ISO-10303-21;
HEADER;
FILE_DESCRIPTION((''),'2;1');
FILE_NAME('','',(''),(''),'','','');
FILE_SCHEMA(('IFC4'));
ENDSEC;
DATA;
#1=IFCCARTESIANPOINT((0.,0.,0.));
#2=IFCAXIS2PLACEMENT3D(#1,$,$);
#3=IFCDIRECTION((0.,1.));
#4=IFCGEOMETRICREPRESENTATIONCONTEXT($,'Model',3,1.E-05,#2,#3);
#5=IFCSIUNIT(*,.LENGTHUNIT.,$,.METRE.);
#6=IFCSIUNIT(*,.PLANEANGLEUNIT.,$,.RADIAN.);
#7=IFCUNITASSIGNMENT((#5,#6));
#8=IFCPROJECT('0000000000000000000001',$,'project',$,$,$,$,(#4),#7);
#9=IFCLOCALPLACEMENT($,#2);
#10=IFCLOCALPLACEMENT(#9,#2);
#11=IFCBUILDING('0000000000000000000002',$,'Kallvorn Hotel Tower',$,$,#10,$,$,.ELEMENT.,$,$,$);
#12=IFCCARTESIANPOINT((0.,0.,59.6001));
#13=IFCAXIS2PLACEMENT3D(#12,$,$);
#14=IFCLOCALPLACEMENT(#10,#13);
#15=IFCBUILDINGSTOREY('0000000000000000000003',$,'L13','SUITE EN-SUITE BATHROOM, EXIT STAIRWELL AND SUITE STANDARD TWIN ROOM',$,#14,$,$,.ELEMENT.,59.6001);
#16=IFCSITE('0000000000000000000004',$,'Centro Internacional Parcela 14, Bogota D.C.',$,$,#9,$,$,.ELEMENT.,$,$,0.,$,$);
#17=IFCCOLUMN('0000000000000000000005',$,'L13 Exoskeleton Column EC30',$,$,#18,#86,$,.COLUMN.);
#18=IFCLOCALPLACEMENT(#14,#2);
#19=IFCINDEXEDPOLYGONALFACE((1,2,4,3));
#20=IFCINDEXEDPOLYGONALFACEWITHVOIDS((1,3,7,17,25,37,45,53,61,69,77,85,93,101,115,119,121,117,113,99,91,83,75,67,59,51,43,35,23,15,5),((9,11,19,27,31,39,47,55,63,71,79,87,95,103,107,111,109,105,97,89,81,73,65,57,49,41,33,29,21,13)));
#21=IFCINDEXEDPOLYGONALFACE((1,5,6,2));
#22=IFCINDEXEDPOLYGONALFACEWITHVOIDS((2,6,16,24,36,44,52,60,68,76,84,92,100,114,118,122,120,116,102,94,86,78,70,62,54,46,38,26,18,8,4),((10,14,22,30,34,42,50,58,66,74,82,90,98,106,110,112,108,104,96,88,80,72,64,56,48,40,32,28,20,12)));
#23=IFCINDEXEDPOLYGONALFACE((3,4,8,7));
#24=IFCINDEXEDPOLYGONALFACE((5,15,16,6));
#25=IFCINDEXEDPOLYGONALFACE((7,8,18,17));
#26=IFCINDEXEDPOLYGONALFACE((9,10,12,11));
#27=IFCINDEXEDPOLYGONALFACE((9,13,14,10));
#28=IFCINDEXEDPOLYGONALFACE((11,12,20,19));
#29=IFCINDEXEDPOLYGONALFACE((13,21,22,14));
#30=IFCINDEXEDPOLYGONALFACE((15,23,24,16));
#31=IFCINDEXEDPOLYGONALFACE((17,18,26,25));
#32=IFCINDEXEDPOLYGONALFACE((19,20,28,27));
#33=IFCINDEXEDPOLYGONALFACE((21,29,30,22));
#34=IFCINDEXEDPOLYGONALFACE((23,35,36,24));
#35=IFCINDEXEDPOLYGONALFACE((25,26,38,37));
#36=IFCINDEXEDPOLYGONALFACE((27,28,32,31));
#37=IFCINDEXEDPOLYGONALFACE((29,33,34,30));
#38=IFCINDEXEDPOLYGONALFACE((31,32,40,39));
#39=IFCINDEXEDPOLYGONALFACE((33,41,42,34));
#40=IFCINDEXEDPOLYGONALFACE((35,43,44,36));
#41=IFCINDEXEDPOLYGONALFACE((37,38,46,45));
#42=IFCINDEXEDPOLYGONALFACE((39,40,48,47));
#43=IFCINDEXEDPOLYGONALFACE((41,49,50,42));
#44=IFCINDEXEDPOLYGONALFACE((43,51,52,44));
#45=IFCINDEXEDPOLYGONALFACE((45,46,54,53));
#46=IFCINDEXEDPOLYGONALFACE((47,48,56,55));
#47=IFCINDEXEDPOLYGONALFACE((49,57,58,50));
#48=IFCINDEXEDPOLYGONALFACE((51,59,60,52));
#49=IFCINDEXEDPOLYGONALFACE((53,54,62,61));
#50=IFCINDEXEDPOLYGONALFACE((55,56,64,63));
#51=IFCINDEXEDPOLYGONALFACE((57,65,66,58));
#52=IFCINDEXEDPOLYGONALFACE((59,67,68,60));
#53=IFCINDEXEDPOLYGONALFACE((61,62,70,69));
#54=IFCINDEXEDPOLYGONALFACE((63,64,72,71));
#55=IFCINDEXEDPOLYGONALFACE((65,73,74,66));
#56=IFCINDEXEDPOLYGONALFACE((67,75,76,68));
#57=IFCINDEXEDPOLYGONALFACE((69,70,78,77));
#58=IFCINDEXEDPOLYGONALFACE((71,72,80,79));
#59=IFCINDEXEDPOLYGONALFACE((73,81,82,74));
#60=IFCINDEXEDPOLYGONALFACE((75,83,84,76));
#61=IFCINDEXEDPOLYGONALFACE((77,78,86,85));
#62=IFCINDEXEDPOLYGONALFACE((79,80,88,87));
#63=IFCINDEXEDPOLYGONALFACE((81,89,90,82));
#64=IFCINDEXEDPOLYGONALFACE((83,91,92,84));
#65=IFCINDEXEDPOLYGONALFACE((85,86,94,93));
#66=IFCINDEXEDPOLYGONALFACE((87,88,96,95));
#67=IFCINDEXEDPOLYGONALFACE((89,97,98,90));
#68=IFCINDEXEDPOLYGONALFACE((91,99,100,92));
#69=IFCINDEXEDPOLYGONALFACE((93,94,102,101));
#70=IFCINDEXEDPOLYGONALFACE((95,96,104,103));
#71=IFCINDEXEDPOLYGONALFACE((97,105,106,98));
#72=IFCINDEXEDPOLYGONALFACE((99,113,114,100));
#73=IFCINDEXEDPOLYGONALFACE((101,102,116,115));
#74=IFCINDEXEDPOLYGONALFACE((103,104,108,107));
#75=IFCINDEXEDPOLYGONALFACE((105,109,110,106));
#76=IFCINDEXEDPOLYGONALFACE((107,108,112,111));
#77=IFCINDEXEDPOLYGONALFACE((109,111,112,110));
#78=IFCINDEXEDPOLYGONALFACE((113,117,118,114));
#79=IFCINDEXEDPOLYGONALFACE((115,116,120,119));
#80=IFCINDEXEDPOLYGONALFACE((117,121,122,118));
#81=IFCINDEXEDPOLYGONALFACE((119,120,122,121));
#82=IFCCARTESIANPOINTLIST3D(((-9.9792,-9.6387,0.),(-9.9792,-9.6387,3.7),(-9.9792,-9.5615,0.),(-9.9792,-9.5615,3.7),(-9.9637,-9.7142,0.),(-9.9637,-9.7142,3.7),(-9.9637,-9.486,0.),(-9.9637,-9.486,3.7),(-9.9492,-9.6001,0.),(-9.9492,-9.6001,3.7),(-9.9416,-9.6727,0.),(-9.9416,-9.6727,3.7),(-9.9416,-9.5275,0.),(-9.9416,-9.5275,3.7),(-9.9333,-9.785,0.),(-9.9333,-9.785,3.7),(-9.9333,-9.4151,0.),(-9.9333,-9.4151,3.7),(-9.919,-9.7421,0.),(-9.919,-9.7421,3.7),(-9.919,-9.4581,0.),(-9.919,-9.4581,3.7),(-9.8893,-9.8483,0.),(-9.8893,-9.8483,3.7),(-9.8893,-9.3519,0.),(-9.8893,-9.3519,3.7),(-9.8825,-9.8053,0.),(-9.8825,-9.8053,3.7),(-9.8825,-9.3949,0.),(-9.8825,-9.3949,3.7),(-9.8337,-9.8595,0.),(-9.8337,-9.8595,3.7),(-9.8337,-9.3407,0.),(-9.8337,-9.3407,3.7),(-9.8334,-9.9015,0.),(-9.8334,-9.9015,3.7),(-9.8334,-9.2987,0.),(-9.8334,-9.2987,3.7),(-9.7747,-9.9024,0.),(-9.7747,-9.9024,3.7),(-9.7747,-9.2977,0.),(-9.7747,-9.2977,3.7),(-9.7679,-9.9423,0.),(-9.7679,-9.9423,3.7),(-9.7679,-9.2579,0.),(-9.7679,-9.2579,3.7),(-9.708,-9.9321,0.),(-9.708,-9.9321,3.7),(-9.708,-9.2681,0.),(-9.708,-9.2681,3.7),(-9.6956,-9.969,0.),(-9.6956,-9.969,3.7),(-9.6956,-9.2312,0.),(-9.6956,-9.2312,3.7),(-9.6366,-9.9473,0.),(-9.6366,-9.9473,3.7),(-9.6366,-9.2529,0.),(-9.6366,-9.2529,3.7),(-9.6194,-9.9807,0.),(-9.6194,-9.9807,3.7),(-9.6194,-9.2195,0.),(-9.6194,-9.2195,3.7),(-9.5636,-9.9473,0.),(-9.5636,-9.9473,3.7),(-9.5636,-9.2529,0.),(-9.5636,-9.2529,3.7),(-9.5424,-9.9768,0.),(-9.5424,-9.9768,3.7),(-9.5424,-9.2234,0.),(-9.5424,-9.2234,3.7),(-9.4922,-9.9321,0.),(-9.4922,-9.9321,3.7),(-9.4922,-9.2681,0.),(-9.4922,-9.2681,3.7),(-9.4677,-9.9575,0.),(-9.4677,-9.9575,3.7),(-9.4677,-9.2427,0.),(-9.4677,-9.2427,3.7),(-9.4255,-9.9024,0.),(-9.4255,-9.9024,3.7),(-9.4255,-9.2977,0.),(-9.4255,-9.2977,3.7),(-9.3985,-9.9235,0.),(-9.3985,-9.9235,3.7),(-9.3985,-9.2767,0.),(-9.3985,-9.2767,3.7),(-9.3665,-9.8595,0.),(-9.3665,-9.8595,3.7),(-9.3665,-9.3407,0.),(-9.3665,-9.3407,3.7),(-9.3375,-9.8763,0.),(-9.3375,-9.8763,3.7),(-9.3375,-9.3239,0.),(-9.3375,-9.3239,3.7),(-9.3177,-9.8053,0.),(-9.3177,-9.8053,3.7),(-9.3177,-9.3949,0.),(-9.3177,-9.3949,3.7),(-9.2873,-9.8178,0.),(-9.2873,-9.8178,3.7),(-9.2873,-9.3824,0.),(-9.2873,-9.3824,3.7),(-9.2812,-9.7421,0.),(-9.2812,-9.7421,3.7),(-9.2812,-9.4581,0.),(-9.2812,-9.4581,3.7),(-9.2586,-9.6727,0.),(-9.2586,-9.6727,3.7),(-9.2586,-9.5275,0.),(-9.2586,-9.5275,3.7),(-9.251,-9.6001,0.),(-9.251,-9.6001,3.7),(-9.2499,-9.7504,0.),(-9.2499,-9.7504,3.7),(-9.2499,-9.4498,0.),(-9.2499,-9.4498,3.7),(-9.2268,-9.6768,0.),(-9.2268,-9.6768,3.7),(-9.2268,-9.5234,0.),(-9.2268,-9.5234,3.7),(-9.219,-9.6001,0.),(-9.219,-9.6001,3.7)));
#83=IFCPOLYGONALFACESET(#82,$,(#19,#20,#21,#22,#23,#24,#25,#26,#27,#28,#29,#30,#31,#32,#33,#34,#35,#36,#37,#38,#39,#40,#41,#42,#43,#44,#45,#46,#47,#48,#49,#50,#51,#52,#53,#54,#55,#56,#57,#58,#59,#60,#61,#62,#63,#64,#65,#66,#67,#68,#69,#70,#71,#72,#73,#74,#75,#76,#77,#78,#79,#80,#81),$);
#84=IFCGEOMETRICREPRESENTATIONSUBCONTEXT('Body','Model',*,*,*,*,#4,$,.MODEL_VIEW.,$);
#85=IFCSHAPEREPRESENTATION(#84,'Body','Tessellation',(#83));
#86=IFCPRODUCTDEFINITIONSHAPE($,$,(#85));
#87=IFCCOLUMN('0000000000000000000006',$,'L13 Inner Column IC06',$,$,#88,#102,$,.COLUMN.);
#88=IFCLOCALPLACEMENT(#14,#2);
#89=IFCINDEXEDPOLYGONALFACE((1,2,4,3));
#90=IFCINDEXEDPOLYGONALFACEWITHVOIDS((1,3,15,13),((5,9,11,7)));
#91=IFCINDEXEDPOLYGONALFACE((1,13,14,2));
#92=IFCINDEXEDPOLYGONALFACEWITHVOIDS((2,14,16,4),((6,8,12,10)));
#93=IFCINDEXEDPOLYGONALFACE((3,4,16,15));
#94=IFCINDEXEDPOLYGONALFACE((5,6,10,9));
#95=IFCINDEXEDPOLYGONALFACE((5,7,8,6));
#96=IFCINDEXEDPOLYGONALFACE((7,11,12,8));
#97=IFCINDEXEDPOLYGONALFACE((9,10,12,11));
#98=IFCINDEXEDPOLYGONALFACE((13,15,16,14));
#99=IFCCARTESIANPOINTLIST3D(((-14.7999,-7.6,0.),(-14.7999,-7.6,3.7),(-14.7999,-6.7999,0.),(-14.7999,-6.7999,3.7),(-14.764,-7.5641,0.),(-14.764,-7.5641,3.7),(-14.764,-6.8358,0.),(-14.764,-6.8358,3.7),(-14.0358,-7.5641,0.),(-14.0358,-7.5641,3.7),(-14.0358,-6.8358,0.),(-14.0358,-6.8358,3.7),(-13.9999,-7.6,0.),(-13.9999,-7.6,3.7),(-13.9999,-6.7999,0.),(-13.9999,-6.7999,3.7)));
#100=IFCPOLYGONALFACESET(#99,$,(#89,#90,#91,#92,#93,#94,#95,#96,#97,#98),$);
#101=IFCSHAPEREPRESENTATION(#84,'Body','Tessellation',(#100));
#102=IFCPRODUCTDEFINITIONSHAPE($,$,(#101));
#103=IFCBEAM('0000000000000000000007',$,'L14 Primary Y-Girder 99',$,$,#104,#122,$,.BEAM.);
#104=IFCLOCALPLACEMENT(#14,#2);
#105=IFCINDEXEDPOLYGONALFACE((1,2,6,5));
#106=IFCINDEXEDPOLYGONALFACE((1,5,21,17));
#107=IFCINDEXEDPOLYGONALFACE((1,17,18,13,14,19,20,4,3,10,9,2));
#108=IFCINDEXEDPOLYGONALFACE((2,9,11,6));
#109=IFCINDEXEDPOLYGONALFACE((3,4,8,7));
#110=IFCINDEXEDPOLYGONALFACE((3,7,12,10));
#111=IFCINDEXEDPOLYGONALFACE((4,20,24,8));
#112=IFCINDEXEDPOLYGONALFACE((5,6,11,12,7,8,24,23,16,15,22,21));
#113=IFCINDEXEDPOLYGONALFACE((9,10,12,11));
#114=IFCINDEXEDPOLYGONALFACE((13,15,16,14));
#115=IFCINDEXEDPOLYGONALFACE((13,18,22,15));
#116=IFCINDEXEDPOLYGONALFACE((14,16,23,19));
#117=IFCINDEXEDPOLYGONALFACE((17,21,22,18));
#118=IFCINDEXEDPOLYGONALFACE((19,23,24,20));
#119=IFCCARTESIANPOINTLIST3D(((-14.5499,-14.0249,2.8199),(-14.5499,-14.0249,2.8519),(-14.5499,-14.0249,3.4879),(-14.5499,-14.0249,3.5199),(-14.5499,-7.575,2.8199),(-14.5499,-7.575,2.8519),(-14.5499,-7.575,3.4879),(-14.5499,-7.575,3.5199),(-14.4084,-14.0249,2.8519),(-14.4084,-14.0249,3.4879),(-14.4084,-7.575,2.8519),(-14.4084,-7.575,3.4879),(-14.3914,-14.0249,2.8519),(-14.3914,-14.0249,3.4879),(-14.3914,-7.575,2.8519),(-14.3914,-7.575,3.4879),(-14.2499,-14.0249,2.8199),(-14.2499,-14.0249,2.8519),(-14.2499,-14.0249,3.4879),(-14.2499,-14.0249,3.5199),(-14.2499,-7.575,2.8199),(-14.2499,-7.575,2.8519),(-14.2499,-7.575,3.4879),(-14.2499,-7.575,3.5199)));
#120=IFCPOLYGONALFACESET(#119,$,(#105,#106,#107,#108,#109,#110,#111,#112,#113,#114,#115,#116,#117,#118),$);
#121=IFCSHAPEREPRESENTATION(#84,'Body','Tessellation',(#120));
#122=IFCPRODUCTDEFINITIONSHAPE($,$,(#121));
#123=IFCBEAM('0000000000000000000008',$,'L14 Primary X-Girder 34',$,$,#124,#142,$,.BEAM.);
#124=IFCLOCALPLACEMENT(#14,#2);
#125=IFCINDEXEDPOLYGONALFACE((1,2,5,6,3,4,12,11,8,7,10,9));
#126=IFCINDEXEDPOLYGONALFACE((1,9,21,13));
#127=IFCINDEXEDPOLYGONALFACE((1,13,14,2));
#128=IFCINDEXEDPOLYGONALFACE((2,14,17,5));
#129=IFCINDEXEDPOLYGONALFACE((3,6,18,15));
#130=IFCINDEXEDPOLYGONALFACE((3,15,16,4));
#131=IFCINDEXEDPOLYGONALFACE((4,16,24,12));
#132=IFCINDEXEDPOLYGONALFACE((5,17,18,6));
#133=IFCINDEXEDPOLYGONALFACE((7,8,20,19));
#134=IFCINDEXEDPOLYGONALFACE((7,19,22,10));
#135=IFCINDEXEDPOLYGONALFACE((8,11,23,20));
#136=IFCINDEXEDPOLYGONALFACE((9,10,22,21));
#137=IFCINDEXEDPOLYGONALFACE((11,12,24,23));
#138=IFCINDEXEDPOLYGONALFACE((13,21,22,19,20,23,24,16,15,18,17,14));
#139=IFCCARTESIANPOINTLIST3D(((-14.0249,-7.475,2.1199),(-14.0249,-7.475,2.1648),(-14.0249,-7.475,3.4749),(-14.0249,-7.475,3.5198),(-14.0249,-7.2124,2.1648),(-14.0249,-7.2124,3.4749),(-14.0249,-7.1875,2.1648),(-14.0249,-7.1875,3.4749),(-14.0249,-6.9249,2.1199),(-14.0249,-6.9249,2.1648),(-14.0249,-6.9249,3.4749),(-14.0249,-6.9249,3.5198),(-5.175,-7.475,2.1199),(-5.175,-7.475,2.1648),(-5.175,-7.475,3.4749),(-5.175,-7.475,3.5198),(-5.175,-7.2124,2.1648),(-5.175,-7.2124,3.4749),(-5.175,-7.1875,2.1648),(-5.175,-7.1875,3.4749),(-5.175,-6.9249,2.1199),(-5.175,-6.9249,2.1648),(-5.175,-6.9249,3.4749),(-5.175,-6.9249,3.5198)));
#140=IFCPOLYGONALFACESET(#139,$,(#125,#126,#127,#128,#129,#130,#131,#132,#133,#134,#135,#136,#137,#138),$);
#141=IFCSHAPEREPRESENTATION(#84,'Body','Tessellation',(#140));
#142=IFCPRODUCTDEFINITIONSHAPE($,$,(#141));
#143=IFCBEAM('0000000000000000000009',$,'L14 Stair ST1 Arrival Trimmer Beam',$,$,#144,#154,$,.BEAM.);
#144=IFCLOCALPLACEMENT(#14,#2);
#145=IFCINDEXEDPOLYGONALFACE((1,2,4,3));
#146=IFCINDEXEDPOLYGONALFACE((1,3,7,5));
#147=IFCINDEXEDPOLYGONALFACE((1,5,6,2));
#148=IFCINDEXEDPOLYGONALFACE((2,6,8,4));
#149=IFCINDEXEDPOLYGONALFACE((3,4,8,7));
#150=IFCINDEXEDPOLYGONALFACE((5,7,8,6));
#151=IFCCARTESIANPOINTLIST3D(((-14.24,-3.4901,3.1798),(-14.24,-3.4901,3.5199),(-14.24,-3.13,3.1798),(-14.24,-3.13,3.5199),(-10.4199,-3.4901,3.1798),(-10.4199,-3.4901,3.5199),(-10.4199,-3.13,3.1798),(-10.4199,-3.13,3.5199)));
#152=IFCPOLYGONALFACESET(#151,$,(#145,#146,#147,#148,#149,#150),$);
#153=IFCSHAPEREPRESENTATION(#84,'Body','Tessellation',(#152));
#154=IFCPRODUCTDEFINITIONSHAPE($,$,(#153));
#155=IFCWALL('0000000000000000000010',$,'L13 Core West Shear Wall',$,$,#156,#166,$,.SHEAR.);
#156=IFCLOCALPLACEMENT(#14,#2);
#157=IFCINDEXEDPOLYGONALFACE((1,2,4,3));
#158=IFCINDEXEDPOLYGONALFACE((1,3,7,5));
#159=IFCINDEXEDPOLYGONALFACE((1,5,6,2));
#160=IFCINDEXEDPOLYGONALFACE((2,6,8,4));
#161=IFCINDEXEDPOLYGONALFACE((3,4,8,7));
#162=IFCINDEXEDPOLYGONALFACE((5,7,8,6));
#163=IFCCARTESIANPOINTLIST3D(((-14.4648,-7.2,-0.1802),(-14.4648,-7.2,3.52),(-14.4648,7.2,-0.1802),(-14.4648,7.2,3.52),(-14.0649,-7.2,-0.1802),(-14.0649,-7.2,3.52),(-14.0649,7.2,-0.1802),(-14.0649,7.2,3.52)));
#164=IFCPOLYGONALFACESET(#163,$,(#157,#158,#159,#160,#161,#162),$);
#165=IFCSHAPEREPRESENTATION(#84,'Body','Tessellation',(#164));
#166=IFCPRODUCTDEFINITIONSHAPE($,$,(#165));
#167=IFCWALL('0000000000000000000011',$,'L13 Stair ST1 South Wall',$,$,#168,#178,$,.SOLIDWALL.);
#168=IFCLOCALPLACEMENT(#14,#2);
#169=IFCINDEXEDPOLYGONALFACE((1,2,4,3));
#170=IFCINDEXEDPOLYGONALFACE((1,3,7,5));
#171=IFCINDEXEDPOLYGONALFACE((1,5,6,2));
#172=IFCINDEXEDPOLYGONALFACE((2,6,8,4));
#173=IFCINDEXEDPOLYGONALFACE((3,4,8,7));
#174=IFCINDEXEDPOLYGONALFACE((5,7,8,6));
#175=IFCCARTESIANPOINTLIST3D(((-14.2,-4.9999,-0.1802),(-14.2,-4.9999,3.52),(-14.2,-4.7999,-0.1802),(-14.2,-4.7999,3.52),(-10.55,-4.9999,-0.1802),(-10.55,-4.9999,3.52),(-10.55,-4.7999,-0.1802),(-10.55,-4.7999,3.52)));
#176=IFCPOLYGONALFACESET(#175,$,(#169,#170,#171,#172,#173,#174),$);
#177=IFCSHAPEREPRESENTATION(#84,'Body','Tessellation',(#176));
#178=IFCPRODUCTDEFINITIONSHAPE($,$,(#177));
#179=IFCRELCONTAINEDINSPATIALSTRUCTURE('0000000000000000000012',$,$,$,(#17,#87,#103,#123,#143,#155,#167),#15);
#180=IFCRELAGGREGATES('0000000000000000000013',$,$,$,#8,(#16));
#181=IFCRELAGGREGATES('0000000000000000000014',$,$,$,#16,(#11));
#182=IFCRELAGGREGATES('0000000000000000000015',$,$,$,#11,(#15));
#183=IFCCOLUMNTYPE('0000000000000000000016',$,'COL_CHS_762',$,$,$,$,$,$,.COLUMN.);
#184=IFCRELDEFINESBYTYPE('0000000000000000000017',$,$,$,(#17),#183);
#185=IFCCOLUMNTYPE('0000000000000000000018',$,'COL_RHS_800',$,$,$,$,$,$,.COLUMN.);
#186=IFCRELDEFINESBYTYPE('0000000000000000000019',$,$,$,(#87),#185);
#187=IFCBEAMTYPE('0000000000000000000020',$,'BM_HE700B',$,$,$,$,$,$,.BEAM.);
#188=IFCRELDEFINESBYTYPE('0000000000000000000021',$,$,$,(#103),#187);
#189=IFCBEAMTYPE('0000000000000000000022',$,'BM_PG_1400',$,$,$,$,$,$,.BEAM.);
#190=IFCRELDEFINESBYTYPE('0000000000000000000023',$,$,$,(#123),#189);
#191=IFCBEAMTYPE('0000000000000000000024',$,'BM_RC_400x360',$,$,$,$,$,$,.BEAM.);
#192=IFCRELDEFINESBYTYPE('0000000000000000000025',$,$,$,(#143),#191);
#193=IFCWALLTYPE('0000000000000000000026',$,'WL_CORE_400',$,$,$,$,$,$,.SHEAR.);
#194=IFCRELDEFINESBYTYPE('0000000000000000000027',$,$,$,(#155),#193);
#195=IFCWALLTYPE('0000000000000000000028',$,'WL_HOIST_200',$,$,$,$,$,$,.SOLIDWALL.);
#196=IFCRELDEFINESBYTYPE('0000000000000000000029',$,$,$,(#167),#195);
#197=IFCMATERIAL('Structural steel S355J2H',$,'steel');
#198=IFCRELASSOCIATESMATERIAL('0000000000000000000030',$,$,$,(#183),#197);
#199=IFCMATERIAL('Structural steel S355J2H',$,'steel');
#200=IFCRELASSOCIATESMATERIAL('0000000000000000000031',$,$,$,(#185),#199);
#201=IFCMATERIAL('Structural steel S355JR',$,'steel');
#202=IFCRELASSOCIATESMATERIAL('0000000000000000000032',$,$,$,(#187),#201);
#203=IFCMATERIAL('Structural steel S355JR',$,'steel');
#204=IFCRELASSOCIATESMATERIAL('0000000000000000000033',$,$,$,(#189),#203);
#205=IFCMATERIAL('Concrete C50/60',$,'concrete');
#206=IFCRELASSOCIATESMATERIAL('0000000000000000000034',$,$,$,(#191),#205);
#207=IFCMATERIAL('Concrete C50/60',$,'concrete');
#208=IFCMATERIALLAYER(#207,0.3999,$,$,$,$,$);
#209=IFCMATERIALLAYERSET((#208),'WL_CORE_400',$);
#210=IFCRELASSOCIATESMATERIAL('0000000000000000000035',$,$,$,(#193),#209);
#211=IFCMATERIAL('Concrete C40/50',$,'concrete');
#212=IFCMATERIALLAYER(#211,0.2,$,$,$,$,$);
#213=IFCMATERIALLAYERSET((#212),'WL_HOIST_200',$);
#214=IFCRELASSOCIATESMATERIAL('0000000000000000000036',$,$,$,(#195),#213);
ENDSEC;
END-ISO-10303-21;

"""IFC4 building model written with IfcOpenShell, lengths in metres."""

from ifc_helpers import new_model, si_unit, direction, frame, frame_2d, origin, origin_2d, place, context, subcontext, project, spatial, rectangle, hollow_rectangle, hollow_circle, i_section, extrude, material, layer, layer_set, material_profile, profile_set, type_object, element, save


model = new_model("IFC4")

# Units and contexts
model_context = context("Model", 3, precision=1e-05, world=origin(), true_north=direction((0.0, 1.0)))
body_context = subcontext(model_context, "Body", "Model", "MODEL_VIEW")
ifc_project = project(units=[si_unit("LENGTHUNIT", "METRE"), si_unit("PLANEANGLEUNIT", "RADIAN")], contexts=[model_context])

# Site, building, storey
site_placement = place(None, origin())
site = spatial("IfcSite", under=ifc_project, at=site_placement, Name="Centro Internacional Parcela 14, Bogota D.C.", CompositionType="ELEMENT", RefElevation=0.0)
building_placement = place(site_placement, origin())
building = spatial("IfcBuilding", under=site, at=building_placement, Name="Kallvorn Hotel Tower", CompositionType="ELEMENT")
storey_placement = place(building_placement, frame((0.0, 0.0, 59.6001)))
storey = spatial("IfcBuildingStorey", under=building, at=storey_placement, Name="L13", Description="SUITE EN-SUITE BATHROOM, EXIT STAIRWELL AND SUITE STANDARD TWIN ROOM", CompositionType="ELEMENT", Elevation=59.6001)

# Columns
ifc_material_1 = material(Name="Structural steel S355J2H", Category="steel")
ifc_material_profile_1 = material_profile(ifc_material_1, hollow_circle(Radius=0.3811, WallThickness=0.032, at=origin_2d()), Name="CHS 762x32")
ifc_profile_set_1 = profile_set([ifc_material_profile_1], Name="Structural steel S355J2H")
column_type_1 = type_object("IfcColumnType", Name="COL_CHS_762", PredefinedType="COLUMN", material=ifc_profile_set_1)
column_1_placement = place(storey_placement, frame((-9.6001, -9.6001, 0.0), z_axis=(0.0, 0.0, 1.0), x_axis=(1.0, 0.0, 0.0)))
element("IfcColumn", 1, at=column_1_placement, inside=storey, type_object=column_type_1, Name="L13 Exoskeleton Column EC30", PredefinedType="COLUMN", context=body_context, shape_type="SweptSolid", body=[
    extrude(hollow_circle(Radius=0.3811, WallThickness=0.032, at=origin_2d()), origin(), (0.0, 0.0, 1.0), 3.7),
])
ifc_material_2 = material(Name="Structural steel S355J2H", Category="steel")
ifc_material_profile_2 = material_profile(ifc_material_2, hollow_rectangle(XDim=0.8, YDim=0.8, WallThickness=0.0359, at=origin_2d()), Name="RHS 800x800x36")
ifc_profile_set_2 = profile_set([ifc_material_profile_2], Name="Structural steel S355J2H")
column_type_2 = type_object("IfcColumnType", Name="COL_RHS_800", PredefinedType="COLUMN", material=ifc_profile_set_2)
column_2_placement = place(storey_placement, frame((-14.3999, -7.2, 0.0), z_axis=(0.0, 0.0, 1.0), x_axis=(1.0, 0.0, 0.0)))
element("IfcColumn", 2, at=column_2_placement, inside=storey, type_object=column_type_2, Name="L13 Inner Column IC06", PredefinedType="COLUMN", context=body_context, shape_type="SweptSolid", body=[
    extrude(hollow_rectangle(XDim=0.8, YDim=0.8, WallThickness=0.0359, at=origin_2d()), origin(), (0.0, 0.0, 1.0), 3.7),
])

# Beams
ifc_material_3 = material(Name="Structural steel S355JR", Category="steel")
ifc_material_profile_3 = material_profile(ifc_material_3, i_section(OverallWidth=0.3, OverallDepth=0.7, WebThickness=0.0171, FlangeThickness=0.032, at=origin_2d()), Name="HE 700 B")
ifc_profile_set_3 = profile_set([ifc_material_profile_3], Name="Structural steel S355JR")
beam_type_1 = type_object("IfcBeamType", Name="BM_HE700B", PredefinedType="BEAM", material=ifc_profile_set_3)
beam_1_placement = place(storey_placement, frame((-14.3999, -14.0249, 3.1699), z_axis=(0.0, 1.0, 0.0), x_axis=(-1.0, 0.0, 0.0)))
element("IfcBeam", 3, at=beam_1_placement, inside=storey, type_object=beam_type_1, Name="L14 Primary Y-Girder 99", PredefinedType="BEAM", context=body_context, shape_type="SweptSolid", body=[
    extrude(i_section(OverallWidth=0.3, OverallDepth=0.7, WebThickness=0.0171, FlangeThickness=0.032, at=origin_2d()), origin(), (0.0, 0.0, 1.0), 6.45),
])
ifc_material_4 = material(Name="Structural steel S355JR", Category="steel")
ifc_material_profile_4 = material_profile(ifc_material_4, i_section(OverallWidth=0.55, OverallDepth=1.3999, WebThickness=0.0249, FlangeThickness=0.0449, at=origin_2d()), Name="PG 1400x550x25x45")
ifc_profile_set_4 = profile_set([ifc_material_profile_4], Name="Structural steel S355JR")
beam_type_2 = type_object("IfcBeamType", Name="BM_PG_1400", PredefinedType="BEAM", material=ifc_profile_set_4)
beam_2_placement = place(storey_placement, frame((-14.0249, -7.2, 2.8198), z_axis=(1.0, 0.0, 0.0), x_axis=(0.0, 1.0, 0.0)))
element("IfcBeam", 4, at=beam_2_placement, inside=storey, type_object=beam_type_2, Name="L14 Primary X-Girder 34", PredefinedType="BEAM", context=body_context, shape_type="SweptSolid", body=[
    extrude(i_section(OverallWidth=0.55, OverallDepth=1.3999, WebThickness=0.0249, FlangeThickness=0.0449, at=origin_2d()), origin(), (0.0, 0.0, 1.0), 8.8499),
])
ifc_material_5 = material(Name="Concrete C50/60", Category="concrete")
ifc_material_profile_5 = material_profile(ifc_material_5, rectangle(XDim=0.3601, YDim=0.3401, at=origin_2d()), Name="RC 360x340")
ifc_profile_set_5 = profile_set([ifc_material_profile_5], Name="Concrete C50/60")
beam_type_3 = type_object("IfcBeamType", Name="BM_RC_400x360", PredefinedType="BEAM", material=ifc_profile_set_5)
beam_3_placement = place(storey_placement, frame((-10.4199, -3.3101, 3.3499), z_axis=(-1.0, 0.0, 0.0), x_axis=(0.0, -1.0, 0.0)))
element("IfcBeam", 5, at=beam_3_placement, inside=storey, type_object=beam_type_3, Name="L14 Stair ST1 Arrival Trimmer Beam", PredefinedType="BEAM", context=body_context, shape_type="SweptSolid", body=[
    extrude(rectangle(XDim=0.3601, YDim=0.3401, at=origin_2d()), origin(), (0.0, 0.0, 1.0), 3.8201),
])

# Walls
ifc_material_6 = material(Name="Concrete C50/60", Category="concrete")
ifc_layer_1 = layer(ifc_material_6, 0.3999)
ifc_layer_set_1 = layer_set([ifc_layer_1], Name="WL_CORE_400")
wall_type_1 = type_object("IfcWallType", Name="WL_CORE_400", PredefinedType="SHEAR", material=ifc_layer_set_1)
wall_1_placement = place(storey_placement, frame((-14.2649, -7.2, -0.1802), z_axis=(0.0, 0.0, 1.0), x_axis=(0.0, 1.0, 0.0)))
element("IfcWall", 6, at=wall_1_placement, inside=storey, type_object=wall_type_1, Name="L13 Core West Shear Wall", PredefinedType="SHEAR", context=body_context, shape_type="SweptSolid", body=[
    extrude(rectangle(XDim=14.3999, YDim=0.3999, at=frame_2d((7.2, 0.0))), origin(), (0.0, 0.0, 1.0), 3.7002),
])
ifc_material_7 = material(Name="Concrete C40/50", Category="concrete")
ifc_layer_2 = layer(ifc_material_7, 0.2)
ifc_layer_set_2 = layer_set([ifc_layer_2], Name="WL_HOIST_200")
wall_type_2 = type_object("IfcWallType", Name="WL_HOIST_200", PredefinedType="SOLIDWALL", material=ifc_layer_set_2)
wall_2_placement = place(storey_placement, frame((-14.2, -4.8999, -0.1802), z_axis=(0.0, 0.0, 1.0), x_axis=(1.0, 0.0, 0.0)))
element("IfcWall", 7, at=wall_2_placement, inside=storey, type_object=wall_type_2, Name="L13 Stair ST1 South Wall", PredefinedType="SOLIDWALL", context=body_context, shape_type="SweptSolid", body=[
    extrude(rectangle(XDim=3.6499, YDim=0.2, at=frame_2d((1.825, 0.0))), origin(), (0.0, 0.0, 1.0), 3.7002),
])

save(model, "model.ifc")
